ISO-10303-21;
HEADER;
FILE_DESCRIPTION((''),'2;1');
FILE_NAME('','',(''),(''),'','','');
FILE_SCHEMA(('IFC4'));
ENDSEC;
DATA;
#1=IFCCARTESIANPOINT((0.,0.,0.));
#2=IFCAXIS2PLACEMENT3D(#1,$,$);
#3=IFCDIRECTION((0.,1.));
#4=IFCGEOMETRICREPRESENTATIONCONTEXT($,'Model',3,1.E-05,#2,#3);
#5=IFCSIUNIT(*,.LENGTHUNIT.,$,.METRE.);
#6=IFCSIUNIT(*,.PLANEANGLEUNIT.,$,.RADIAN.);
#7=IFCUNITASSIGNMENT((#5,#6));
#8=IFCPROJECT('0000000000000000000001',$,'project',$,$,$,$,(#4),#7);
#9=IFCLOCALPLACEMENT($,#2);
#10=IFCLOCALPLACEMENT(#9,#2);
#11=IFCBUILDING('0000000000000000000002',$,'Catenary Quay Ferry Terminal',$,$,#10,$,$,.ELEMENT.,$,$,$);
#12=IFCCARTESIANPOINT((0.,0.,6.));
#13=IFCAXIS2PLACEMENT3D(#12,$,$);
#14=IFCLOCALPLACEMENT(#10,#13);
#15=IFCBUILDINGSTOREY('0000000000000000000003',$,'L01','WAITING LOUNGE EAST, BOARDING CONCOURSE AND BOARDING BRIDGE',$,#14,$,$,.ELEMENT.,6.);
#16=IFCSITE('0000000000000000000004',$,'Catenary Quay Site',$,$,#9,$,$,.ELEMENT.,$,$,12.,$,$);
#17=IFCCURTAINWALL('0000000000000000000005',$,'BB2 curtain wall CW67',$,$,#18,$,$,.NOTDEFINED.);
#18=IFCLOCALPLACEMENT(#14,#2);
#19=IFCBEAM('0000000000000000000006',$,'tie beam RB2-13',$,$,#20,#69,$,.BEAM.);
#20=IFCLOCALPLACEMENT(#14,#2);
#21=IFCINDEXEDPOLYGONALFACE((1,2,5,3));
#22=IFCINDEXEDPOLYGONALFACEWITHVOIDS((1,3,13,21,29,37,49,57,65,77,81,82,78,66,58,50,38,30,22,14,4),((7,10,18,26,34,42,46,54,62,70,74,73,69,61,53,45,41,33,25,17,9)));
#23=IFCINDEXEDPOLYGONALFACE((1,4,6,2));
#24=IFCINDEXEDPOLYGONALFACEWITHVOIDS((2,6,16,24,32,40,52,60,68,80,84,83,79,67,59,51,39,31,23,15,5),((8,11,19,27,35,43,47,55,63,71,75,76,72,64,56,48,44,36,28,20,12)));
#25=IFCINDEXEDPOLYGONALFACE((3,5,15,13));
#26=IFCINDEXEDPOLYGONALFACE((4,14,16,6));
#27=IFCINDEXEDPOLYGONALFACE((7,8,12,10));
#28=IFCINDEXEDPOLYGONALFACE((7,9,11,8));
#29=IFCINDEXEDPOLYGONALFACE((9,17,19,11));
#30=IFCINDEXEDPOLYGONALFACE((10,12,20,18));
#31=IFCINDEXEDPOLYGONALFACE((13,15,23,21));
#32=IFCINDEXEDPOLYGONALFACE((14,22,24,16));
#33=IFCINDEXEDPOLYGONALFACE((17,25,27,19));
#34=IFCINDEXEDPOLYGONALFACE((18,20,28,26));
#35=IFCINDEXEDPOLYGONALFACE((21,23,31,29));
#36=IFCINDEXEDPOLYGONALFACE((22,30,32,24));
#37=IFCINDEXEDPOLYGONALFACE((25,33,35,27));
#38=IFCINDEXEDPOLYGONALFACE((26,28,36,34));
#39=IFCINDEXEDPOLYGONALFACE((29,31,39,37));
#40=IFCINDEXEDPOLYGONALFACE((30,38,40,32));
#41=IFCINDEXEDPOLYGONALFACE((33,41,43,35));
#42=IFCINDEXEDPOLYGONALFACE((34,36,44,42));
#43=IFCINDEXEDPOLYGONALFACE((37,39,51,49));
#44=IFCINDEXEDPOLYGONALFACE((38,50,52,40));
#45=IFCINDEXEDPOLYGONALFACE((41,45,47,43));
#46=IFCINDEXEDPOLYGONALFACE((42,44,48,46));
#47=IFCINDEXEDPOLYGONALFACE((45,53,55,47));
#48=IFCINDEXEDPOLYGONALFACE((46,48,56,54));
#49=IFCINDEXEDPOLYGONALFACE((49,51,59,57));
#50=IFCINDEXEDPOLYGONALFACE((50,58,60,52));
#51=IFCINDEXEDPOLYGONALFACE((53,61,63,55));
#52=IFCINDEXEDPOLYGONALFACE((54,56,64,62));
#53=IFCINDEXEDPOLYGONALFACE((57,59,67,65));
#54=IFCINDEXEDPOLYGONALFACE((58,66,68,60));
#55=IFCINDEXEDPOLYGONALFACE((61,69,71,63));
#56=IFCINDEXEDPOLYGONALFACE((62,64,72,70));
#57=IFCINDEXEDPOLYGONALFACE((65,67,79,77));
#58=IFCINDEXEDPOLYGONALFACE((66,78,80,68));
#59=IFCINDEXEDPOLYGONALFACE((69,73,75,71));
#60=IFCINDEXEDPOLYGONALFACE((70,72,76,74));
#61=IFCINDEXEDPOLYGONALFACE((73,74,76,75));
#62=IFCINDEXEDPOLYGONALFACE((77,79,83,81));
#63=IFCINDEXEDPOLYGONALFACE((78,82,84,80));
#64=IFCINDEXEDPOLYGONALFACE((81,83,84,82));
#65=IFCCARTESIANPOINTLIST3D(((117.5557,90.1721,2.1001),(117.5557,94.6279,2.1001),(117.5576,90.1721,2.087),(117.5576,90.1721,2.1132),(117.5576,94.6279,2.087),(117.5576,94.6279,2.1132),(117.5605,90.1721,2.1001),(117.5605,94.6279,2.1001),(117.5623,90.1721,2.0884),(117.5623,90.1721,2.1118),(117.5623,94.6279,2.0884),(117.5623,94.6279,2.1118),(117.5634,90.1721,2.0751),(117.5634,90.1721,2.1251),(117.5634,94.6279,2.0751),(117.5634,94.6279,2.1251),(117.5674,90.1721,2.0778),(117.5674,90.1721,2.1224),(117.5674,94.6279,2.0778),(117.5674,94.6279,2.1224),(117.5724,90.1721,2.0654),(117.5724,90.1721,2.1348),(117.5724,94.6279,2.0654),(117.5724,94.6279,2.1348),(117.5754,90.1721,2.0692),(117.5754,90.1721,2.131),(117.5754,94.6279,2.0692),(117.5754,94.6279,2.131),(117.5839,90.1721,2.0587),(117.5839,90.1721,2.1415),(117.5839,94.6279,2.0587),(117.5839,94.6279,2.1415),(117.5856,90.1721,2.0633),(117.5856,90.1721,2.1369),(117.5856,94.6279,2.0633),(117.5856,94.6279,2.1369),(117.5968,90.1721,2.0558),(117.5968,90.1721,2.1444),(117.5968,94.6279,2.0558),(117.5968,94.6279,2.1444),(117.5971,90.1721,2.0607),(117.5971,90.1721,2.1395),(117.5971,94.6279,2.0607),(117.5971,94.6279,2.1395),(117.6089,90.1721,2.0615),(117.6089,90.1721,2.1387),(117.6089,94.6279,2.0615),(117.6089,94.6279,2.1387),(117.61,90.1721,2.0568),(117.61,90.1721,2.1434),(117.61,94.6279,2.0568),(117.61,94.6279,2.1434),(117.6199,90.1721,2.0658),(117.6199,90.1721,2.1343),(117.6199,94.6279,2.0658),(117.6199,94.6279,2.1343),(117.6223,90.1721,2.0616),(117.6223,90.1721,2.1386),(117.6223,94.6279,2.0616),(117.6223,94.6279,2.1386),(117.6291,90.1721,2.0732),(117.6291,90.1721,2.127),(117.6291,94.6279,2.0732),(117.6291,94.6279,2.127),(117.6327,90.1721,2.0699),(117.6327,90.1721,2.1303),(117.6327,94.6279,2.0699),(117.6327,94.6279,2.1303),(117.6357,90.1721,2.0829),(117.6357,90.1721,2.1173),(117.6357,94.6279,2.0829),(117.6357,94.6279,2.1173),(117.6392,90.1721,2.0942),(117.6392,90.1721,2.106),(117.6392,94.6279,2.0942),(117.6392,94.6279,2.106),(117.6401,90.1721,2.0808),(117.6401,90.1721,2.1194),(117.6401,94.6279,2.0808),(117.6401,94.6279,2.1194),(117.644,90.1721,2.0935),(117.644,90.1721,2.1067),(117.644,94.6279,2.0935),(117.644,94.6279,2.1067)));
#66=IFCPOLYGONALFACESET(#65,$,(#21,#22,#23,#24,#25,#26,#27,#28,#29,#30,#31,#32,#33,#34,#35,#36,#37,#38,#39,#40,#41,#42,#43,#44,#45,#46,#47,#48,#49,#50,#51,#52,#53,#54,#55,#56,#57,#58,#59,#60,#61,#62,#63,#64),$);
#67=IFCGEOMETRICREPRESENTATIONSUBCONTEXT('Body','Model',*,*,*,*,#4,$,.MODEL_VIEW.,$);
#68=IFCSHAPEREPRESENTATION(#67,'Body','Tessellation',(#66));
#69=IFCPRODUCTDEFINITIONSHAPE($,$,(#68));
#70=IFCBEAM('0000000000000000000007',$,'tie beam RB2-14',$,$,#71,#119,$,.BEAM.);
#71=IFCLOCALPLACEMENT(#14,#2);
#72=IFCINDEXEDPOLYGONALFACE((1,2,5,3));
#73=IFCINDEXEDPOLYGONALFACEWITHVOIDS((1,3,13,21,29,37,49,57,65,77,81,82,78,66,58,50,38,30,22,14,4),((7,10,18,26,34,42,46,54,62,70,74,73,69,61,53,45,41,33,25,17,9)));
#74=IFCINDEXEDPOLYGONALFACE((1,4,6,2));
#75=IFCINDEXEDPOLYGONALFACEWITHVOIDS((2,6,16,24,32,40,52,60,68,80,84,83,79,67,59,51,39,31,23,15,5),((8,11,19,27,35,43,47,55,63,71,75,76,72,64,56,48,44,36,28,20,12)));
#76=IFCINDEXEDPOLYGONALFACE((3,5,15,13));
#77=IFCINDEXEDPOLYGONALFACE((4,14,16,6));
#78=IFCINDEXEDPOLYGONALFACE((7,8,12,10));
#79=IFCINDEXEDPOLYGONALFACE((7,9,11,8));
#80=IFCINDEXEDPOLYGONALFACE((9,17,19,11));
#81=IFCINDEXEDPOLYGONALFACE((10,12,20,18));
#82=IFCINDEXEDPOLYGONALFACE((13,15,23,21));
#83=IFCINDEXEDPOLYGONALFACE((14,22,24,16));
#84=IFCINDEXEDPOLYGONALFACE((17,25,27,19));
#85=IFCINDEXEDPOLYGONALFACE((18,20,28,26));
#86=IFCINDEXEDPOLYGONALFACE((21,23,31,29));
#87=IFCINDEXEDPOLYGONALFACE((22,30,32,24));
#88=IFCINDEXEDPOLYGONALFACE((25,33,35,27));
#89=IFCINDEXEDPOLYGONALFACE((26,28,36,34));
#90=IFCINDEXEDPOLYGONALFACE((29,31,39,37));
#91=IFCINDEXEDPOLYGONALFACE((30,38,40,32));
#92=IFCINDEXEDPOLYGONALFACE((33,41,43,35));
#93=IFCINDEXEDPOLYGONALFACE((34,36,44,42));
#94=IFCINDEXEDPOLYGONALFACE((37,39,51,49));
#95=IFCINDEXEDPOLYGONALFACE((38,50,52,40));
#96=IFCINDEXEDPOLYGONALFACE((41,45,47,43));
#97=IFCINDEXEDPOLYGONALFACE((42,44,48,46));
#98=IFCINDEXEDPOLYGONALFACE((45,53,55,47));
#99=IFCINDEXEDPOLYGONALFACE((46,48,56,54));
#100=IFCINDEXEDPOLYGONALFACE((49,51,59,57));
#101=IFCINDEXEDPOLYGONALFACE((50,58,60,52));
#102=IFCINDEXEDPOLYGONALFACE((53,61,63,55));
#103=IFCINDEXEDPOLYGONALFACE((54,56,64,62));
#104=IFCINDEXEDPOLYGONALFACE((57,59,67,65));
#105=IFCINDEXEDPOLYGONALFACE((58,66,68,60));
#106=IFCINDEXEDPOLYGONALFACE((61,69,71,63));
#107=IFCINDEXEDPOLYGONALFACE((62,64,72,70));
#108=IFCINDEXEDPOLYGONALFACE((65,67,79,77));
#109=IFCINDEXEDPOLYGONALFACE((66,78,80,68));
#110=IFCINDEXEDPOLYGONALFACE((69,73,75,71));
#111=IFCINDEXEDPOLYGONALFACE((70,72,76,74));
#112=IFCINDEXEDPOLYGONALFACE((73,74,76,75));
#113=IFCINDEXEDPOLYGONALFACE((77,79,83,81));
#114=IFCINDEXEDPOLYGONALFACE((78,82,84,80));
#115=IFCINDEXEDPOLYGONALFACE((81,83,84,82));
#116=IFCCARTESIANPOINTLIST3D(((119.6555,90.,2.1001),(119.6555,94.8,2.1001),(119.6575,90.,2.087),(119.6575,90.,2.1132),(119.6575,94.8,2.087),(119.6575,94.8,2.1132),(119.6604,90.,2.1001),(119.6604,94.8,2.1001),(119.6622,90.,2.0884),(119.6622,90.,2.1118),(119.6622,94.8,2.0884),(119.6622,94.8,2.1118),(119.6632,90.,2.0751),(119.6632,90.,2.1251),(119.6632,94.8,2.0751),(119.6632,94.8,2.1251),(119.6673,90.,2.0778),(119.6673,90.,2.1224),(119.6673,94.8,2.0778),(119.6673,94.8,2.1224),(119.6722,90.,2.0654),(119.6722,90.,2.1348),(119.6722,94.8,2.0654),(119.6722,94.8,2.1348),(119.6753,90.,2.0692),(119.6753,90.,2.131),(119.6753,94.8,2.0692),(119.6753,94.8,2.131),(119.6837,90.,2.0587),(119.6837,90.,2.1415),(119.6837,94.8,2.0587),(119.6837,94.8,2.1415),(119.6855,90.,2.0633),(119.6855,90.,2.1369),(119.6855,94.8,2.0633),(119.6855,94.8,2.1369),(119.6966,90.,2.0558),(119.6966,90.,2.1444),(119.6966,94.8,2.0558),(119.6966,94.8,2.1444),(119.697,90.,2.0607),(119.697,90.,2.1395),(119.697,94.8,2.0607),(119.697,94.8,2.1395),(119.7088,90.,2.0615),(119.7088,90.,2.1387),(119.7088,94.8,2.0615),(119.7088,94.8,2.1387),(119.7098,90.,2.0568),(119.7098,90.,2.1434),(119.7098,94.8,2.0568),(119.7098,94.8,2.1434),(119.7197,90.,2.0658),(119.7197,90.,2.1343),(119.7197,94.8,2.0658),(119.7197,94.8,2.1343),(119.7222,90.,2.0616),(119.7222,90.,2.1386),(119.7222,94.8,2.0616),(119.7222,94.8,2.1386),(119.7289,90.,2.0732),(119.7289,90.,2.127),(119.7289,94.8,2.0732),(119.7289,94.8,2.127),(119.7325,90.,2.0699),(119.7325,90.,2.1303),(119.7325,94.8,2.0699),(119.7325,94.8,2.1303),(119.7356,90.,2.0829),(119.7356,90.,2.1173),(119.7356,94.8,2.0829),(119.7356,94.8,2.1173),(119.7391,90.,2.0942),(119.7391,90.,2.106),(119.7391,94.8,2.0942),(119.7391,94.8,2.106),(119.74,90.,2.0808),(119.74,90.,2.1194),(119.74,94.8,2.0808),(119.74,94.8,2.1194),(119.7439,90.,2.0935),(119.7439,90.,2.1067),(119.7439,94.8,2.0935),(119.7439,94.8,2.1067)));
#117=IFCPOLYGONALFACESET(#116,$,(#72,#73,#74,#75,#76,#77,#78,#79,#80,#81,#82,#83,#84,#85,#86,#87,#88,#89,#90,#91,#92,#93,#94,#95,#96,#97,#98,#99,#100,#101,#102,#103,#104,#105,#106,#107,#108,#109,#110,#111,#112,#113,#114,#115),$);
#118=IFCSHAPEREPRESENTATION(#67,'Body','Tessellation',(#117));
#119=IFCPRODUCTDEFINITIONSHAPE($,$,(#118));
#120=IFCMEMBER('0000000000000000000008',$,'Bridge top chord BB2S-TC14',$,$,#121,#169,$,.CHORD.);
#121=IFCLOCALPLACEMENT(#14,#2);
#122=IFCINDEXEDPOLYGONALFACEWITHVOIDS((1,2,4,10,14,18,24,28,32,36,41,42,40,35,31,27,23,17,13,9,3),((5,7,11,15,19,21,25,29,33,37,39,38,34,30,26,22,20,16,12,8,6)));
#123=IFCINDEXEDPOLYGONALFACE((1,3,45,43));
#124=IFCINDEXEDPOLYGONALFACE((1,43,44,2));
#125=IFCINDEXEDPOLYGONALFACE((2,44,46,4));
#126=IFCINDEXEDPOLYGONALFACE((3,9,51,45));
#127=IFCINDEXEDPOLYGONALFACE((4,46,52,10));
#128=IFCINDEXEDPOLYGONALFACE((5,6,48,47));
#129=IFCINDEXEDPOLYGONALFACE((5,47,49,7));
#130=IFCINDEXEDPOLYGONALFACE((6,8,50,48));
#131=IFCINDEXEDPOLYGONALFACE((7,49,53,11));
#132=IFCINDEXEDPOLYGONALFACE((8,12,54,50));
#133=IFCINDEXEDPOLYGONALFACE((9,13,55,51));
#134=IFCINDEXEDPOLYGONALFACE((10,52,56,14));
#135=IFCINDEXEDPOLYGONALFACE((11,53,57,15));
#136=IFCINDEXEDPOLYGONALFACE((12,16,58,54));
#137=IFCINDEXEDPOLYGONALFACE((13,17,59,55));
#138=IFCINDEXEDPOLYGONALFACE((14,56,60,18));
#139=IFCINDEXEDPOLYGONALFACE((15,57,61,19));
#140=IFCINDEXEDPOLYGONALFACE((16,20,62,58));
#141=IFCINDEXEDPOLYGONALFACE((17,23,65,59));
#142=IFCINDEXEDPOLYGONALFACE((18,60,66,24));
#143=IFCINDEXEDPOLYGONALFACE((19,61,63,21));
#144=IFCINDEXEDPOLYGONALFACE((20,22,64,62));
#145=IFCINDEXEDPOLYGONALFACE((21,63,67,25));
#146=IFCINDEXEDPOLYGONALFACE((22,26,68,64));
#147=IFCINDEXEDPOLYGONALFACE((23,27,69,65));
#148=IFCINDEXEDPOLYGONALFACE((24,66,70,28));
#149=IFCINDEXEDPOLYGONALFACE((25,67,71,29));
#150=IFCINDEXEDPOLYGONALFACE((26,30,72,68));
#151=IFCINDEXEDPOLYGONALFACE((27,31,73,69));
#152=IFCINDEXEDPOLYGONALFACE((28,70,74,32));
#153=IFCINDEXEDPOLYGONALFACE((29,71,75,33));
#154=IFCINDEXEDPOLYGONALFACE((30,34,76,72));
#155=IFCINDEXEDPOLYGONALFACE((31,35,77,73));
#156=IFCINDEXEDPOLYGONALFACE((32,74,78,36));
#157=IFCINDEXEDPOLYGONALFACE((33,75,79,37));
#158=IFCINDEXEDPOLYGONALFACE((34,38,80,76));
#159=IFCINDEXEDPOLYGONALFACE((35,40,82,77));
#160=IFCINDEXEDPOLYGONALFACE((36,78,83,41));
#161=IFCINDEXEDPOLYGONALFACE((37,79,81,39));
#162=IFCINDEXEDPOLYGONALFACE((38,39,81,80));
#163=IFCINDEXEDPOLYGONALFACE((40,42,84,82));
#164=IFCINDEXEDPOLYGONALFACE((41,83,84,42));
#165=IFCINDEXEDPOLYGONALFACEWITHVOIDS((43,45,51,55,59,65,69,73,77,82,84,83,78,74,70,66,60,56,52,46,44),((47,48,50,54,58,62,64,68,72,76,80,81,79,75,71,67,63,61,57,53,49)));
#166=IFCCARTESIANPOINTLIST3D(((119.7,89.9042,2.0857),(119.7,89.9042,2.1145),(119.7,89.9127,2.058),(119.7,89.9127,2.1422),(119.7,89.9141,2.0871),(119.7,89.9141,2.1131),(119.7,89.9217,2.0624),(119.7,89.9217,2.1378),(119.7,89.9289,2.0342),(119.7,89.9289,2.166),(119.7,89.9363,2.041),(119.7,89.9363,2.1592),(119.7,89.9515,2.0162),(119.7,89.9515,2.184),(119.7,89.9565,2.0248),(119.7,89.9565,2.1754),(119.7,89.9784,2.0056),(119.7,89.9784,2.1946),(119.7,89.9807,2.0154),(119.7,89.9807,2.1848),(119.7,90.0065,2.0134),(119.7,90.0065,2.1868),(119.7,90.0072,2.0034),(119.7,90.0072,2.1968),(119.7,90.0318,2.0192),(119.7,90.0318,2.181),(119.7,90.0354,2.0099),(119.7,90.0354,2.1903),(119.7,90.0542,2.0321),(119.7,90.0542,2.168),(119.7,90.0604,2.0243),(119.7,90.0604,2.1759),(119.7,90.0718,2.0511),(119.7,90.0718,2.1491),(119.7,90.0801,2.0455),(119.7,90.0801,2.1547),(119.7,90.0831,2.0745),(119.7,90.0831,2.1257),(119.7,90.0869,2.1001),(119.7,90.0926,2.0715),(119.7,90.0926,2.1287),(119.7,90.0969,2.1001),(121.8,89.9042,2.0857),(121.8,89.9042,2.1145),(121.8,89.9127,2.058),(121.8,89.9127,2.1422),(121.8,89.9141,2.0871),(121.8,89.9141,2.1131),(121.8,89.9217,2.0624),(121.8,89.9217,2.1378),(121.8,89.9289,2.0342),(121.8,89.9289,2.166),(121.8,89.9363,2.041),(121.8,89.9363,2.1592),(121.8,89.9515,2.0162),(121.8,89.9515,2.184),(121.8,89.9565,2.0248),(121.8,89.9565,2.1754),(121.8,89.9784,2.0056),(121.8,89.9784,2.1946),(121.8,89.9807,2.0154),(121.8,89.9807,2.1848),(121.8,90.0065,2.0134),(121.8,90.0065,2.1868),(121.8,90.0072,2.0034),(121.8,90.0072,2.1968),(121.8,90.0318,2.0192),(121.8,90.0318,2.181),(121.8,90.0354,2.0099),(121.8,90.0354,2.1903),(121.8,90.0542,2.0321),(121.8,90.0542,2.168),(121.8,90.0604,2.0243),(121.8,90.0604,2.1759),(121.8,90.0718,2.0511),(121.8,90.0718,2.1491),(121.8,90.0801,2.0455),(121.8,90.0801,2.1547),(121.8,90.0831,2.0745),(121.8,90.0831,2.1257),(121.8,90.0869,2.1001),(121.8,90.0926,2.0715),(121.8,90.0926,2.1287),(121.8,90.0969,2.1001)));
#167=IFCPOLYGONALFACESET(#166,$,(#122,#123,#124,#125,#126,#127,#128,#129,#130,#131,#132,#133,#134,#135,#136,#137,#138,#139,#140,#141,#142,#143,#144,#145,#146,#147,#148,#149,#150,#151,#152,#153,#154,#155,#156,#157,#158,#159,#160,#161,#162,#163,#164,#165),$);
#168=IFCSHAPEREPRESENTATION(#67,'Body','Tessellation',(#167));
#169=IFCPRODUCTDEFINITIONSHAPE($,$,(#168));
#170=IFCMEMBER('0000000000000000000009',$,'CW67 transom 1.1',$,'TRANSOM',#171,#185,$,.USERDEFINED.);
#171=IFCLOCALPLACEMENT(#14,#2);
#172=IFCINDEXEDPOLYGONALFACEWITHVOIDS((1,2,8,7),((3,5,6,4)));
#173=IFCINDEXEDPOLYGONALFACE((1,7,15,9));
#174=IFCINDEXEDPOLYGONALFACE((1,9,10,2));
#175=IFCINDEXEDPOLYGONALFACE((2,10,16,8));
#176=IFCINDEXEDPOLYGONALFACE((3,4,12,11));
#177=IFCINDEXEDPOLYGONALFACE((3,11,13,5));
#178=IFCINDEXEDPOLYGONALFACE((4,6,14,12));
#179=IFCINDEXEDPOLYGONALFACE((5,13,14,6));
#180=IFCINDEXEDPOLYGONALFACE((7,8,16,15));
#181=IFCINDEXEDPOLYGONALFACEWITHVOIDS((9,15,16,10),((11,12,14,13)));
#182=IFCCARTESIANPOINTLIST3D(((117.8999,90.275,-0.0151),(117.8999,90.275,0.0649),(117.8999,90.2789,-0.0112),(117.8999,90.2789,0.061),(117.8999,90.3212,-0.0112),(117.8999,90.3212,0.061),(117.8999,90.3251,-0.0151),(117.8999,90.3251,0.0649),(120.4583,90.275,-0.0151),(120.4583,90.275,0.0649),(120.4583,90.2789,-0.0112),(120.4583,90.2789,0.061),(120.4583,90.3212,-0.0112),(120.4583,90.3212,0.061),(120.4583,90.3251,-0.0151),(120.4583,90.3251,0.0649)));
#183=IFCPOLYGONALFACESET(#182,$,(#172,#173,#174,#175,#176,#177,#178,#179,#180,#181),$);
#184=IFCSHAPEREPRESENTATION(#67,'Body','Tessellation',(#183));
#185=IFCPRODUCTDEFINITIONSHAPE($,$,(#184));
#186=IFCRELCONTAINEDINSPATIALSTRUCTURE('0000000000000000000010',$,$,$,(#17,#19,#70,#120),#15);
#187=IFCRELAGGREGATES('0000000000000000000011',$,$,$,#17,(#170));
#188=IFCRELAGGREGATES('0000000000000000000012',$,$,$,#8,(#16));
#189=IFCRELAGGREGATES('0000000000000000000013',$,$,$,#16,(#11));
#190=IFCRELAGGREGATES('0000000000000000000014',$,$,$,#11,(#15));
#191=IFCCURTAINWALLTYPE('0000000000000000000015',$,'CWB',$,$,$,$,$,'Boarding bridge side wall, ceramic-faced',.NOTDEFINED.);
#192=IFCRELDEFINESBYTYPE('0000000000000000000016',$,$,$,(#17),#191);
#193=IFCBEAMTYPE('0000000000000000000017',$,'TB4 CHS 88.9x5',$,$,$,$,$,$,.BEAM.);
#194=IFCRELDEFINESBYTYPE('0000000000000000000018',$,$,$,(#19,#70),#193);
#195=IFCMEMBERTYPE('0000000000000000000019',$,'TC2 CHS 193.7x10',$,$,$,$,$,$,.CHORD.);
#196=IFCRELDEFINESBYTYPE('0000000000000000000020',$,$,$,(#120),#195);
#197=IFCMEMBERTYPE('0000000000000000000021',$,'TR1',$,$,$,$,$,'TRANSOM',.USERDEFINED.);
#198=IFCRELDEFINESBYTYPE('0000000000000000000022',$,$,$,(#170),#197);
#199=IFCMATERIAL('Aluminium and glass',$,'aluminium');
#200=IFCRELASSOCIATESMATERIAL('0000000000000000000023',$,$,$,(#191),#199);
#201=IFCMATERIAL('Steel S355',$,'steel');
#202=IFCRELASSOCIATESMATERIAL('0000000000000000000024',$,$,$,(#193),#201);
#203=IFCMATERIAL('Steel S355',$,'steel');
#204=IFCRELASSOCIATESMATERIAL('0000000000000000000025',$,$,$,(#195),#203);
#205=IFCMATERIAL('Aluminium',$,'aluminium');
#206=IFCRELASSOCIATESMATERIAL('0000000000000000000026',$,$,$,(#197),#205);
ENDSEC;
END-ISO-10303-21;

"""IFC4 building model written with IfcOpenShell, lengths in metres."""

from ifc_helpers import new_model, si_unit, direction, frame, origin, origin_2d, place, context, subcontext, project, spatial, hollow_rectangle, hollow_circle, extrude, material, material_profile, profile_set, type_object, element, aggregate, save


model = new_model("IFC4")

# Units and contexts
model_context = context("Model", 3, precision=1e-05, world=origin(), true_north=direction((0.0, 1.0)))
body_context = subcontext(model_context, "Body", "Model", "MODEL_VIEW")
ifc_project = project(units=[si_unit("LENGTHUNIT", "METRE"), si_unit("PLANEANGLEUNIT", "RADIAN")], contexts=[model_context])

# Site, building, storey
site_placement = place(None, origin())
site = spatial("IfcSite", under=ifc_project, at=site_placement, Name="Catenary Quay Site", CompositionType="ELEMENT", RefElevation=12.0)
building_placement = place(site_placement, origin())
building = spatial("IfcBuilding", under=site, at=building_placement, Name="Catenary Quay Ferry Terminal", CompositionType="ELEMENT")
storey_placement = place(building_placement, frame((0.0, 0.0, 6.0)))
storey = spatial("IfcBuildingStorey", under=building, at=storey_placement, Name="L01", Description="WAITING LOUNGE EAST, BOARDING CONCOURSE AND BOARDING BRIDGE", CompositionType="ELEMENT", Elevation=6.0)

# Curtain wall
ifc_material_1 = material(Name="Aluminium and glass", Category="aluminium")
curtain_wall_type = type_object("IfcCurtainWallType", Name="CWB", ElementType="Boarding bridge side wall, ceramic-faced", PredefinedType="NOTDEFINED", material=ifc_material_1)
curtain_wall_1_placement = place(storey_placement, origin())
curtain_wall_1 = element("IfcCurtainWall", 1, at=curtain_wall_1_placement, inside=storey, type_object=curtain_wall_type, Name="BB2 curtain wall CW67", PredefinedType="NOTDEFINED")

# Beams
ifc_material_2 = material(Name="Steel S355", Category="steel")
ifc_material_profile_1 = material_profile(ifc_material_2, hollow_circle(Radius=0.0444, WallThickness=0.0049, at=origin_2d()), Name="CHS 88.9x5")
ifc_profile_set_1 = profile_set([ifc_material_profile_1], Name="Steel S355")
beam_type_1 = type_object("IfcBeamType", Name="TB4 CHS 88.9x5", PredefinedType="BEAM", material=ifc_profile_set_1)
beam_1_placement = place(storey_placement, frame((117.6001, 90.1721, 2.1001), z_axis=(0.0, 1.0, 0.0), x_axis=(-1.0, 0.0, 0.0)))
element("IfcBeam", 2, at=beam_1_placement, inside=storey, type_object=beam_type_1, Name="tie beam RB2-13", PredefinedType="BEAM", context=body_context, shape_type="SweptSolid", body=[
    extrude(hollow_circle(Radius=0.0444, WallThickness=0.0049, at=origin_2d()), origin(), (0.0, 0.0, 1.0), 4.4558),
])
beam_2_placement = place(storey_placement, frame((119.7, 90.0, 2.1001), z_axis=(0.0, 1.0, 0.0), x_axis=(-1.0, 0.0, 0.0)))
element("IfcBeam", 3, at=beam_2_placement, inside=storey, type_object=beam_type_1, Name="tie beam RB2-14", PredefinedType="BEAM", context=body_context, shape_type="SweptSolid", body=[
    extrude(hollow_circle(Radius=0.0444, WallThickness=0.0049, at=origin_2d()), origin(), (0.0, 0.0, 1.0), 4.8),
])

# Members
ifc_material_3 = material(Name="Steel S355", Category="steel")
ifc_material_profile_2 = material_profile(ifc_material_3, hollow_circle(Radius=0.0969, WallThickness=0.01, at=origin_2d()), Name="CHS 193.7x10")
ifc_profile_set_2 = profile_set([ifc_material_profile_2], Name="Steel S355")
member_type_1 = type_object("IfcMemberType", Name="TC2 CHS 193.7x10", PredefinedType="CHORD", material=ifc_profile_set_2)
member_1_placement = place(storey_placement, frame((119.7, 90.0, 2.1001), z_axis=(1.0, 0.0, 0.0), x_axis=(0.0, 1.0, 0.0)))
element("IfcMember", 4, at=member_1_placement, inside=storey, type_object=member_type_1, Name="Bridge top chord BB2S-TC14", PredefinedType="CHORD", context=body_context, shape_type="SweptSolid", body=[
    extrude(hollow_circle(Radius=0.0969, WallThickness=0.01, at=origin_2d()), origin(), (0.0, 0.0, 1.0), 2.1001),
])
ifc_material_4 = material(Name="Aluminium", Category="aluminium")
ifc_material_profile_3 = material_profile(ifc_material_4, hollow_rectangle(XDim=0.05, YDim=0.0801, WallThickness=0.0039, at=origin_2d()), Name="TR1")
ifc_profile_set_3 = profile_set([ifc_material_profile_3], Name="Aluminium")
member_type_2 = type_object("IfcMemberType", Name="TR1", ElementType="TRANSOM", PredefinedType="USERDEFINED", material=ifc_profile_set_3)
member_2_placement = place(storey_placement, frame((117.8999, 90.3, 0.0249), z_axis=(1.0, 0.0, 0.0), x_axis=(0.0, 1.0, 0.0)))
member_2 = element("IfcMember", 5, at=member_2_placement, type_object=member_type_2, Name="CW67 transom 1.1", ObjectType="TRANSOM", PredefinedType="USERDEFINED", context=body_context, shape_type="SweptSolid", body=[
    extrude(hollow_rectangle(XDim=0.05, YDim=0.0801, WallThickness=0.0039, at=origin_2d()), origin(), (0.0, 0.0, 1.0), 2.5583),
])

aggregate(curtain_wall_1, [member_2])

save(model, "model.ifc")
